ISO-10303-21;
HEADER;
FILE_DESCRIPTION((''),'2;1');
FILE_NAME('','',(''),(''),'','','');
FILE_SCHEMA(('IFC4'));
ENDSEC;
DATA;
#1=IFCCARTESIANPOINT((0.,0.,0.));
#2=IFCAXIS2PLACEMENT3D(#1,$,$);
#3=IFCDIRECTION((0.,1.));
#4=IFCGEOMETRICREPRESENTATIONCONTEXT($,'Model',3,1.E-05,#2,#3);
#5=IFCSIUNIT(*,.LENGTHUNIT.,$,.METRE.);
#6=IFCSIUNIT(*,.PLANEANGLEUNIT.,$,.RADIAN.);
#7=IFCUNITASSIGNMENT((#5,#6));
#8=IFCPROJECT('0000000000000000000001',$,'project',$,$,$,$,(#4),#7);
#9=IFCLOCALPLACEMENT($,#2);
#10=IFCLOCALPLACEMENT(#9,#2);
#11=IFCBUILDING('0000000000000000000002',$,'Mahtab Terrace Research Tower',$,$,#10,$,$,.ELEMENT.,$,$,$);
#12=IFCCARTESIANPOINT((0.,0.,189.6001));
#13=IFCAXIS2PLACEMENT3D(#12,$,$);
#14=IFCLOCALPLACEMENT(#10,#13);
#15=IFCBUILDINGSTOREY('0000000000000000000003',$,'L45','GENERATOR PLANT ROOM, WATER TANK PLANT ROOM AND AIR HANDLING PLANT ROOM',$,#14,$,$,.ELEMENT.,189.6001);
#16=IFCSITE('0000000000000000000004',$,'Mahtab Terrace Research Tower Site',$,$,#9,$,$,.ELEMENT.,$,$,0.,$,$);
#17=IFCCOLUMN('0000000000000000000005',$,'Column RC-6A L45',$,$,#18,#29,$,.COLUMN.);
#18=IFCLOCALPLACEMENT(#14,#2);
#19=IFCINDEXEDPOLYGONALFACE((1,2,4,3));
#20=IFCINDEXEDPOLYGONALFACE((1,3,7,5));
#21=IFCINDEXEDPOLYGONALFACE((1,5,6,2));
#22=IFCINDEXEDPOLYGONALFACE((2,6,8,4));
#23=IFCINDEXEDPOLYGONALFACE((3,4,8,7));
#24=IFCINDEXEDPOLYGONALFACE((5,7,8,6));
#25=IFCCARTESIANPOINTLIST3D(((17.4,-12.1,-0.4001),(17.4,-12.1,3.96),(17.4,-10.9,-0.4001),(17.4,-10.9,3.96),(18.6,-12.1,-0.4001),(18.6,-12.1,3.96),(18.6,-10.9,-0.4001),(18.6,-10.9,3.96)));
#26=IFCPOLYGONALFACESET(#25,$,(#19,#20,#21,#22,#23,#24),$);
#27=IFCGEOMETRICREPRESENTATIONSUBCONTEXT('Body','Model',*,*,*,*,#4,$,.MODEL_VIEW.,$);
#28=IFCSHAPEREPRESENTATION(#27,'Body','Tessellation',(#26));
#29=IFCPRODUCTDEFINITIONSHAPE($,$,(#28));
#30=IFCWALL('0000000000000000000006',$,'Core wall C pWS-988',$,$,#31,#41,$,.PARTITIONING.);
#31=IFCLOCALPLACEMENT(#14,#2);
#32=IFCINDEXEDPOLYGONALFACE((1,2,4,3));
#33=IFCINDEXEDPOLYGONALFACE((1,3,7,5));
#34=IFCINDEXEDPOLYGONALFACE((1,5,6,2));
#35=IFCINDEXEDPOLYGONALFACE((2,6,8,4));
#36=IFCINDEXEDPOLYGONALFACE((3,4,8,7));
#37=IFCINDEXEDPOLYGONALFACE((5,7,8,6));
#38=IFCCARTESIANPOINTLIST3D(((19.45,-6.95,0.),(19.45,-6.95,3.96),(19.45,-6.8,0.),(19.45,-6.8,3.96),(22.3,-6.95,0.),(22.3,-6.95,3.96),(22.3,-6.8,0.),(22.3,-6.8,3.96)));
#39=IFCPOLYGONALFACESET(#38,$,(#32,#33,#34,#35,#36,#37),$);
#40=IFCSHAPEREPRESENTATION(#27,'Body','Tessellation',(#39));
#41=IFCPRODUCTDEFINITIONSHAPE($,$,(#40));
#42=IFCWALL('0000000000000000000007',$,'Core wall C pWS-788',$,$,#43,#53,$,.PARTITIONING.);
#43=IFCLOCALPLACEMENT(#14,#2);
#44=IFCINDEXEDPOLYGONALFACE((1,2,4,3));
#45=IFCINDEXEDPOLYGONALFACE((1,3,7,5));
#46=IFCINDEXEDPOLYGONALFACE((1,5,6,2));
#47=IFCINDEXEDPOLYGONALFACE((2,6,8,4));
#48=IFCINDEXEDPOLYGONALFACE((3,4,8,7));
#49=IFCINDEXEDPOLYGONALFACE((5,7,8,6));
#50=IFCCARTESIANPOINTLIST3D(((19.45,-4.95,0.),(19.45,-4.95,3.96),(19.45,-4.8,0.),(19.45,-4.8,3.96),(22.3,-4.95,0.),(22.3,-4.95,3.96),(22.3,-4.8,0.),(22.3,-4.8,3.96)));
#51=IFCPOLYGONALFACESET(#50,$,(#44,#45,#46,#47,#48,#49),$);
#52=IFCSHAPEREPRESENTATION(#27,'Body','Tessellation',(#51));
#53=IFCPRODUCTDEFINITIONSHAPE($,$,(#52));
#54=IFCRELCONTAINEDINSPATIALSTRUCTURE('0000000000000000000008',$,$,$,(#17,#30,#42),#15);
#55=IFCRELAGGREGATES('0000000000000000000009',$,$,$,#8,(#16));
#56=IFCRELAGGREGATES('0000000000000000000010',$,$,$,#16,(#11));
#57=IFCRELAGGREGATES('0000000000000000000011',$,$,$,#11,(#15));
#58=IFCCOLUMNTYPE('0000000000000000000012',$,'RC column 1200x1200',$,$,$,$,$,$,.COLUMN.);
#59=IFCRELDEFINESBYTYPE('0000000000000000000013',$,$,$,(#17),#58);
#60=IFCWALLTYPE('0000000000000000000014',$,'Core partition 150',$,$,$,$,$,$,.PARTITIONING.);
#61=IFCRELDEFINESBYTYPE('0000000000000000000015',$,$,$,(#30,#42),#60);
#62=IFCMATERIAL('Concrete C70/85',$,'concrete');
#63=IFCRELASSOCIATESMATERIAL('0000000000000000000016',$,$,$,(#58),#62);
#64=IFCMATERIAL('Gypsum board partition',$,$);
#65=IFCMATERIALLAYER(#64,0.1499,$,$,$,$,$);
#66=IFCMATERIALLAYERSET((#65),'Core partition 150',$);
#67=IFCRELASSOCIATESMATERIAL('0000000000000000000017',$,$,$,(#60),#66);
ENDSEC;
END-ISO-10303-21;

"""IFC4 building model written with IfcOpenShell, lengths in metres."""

from ifc_helpers import new_model, si_unit, direction, frame, frame_2d, origin, origin_2d, place, context, subcontext, project, spatial, rectangle, extrude, material, layer, layer_set, material_profile, profile_set, type_object, element, save


model = new_model("IFC4")

# Units and contexts
model_context = context("Model", 3, precision=1e-05, world=origin(), true_north=direction((0.0, 1.0)))
body_context = subcontext(model_context, "Body", "Model", "MODEL_VIEW")
ifc_project = project(units=[si_unit("LENGTHUNIT", "METRE"), si_unit("PLANEANGLEUNIT", "RADIAN")], contexts=[model_context])

# Site, building, storey
site_placement = place(None, origin())
site = spatial("IfcSite", under=ifc_project, at=site_placement, Name="Mahtab Terrace Research Tower Site", CompositionType="ELEMENT", RefElevation=0.0)
building_placement = place(site_placement, origin())
building = spatial("IfcBuilding", under=site, at=building_placement, Name="Mahtab Terrace Research Tower", CompositionType="ELEMENT")
storey_placement = place(building_placement, frame((0.0, 0.0, 189.6001)))
storey = spatial("IfcBuildingStorey", under=building, at=storey_placement, Name="L45", Description="GENERATOR PLANT ROOM, WATER TANK PLANT ROOM AND AIR HANDLING PLANT ROOM", CompositionType="ELEMENT", Elevation=189.6001)

# Column
ifc_material_1 = material(Name="Concrete C70/85", Category="concrete")
ifc_material_profile = material_profile(ifc_material_1, rectangle(XDim=1.2, YDim=1.2, at=origin_2d()), Name="RC column 1200x1200")
ifc_profile_set = profile_set([ifc_material_profile], Name="Concrete C70/85")
column_type = type_object("IfcColumnType", Name="RC column 1200x1200", PredefinedType="COLUMN", material=ifc_profile_set)
column_placement = place(storey_placement, frame((18.0, -11.5, -0.4001), z_axis=(0.0, 0.0, 1.0), x_axis=(1.0, 0.0, 0.0)))
element("IfcColumn", 1, at=column_placement, inside=storey, type_object=column_type, Name="Column RC-6A L45", PredefinedType="COLUMN", context=body_context, shape_type="SweptSolid", body=[
    extrude(rectangle(XDim=1.2, YDim=1.2, at=origin_2d()), origin(), (0.0, 0.0, 1.0), 4.3601),
])

# Walls
ifc_material_2 = material(Name="Gypsum board partition")
ifc_layer_1 = layer(ifc_material_2, 0.1499)
ifc_layer_set_1 = layer_set([ifc_layer_1], Name="Core partition 150")
wall_type_1 = type_object("IfcWallType", Name="Core partition 150", PredefinedType="PARTITIONING", material=ifc_layer_set_1)
for number, where, z_axis, x_axis, name in (
    (2, (19.45, -6.875, 0.0), (0.0, 0.0, 1.0), (1.0, 0.0, 0.0), "Core wall C pWS-988"),
    (3, (19.45, -4.875, 0.0), (0.0, 0.0, 1.0), (1.0, 0.0, 0.0), "Core wall C pWS-788"),
):
    element("IfcWall", number, at=place(storey_placement, frame(where, z_axis=z_axis, x_axis=x_axis)), inside=storey, type_object=wall_type_1, Name=name, PredefinedType="PARTITIONING", context=body_context, shape_type="SweptSolid", body=[
        extrude(rectangle(XDim=2.8501, YDim=0.1499, at=frame_2d((1.425, 0.0))), origin(), (0.0, 0.0, 1.0), 3.96),
    ])

save(model, "model.ifc")
